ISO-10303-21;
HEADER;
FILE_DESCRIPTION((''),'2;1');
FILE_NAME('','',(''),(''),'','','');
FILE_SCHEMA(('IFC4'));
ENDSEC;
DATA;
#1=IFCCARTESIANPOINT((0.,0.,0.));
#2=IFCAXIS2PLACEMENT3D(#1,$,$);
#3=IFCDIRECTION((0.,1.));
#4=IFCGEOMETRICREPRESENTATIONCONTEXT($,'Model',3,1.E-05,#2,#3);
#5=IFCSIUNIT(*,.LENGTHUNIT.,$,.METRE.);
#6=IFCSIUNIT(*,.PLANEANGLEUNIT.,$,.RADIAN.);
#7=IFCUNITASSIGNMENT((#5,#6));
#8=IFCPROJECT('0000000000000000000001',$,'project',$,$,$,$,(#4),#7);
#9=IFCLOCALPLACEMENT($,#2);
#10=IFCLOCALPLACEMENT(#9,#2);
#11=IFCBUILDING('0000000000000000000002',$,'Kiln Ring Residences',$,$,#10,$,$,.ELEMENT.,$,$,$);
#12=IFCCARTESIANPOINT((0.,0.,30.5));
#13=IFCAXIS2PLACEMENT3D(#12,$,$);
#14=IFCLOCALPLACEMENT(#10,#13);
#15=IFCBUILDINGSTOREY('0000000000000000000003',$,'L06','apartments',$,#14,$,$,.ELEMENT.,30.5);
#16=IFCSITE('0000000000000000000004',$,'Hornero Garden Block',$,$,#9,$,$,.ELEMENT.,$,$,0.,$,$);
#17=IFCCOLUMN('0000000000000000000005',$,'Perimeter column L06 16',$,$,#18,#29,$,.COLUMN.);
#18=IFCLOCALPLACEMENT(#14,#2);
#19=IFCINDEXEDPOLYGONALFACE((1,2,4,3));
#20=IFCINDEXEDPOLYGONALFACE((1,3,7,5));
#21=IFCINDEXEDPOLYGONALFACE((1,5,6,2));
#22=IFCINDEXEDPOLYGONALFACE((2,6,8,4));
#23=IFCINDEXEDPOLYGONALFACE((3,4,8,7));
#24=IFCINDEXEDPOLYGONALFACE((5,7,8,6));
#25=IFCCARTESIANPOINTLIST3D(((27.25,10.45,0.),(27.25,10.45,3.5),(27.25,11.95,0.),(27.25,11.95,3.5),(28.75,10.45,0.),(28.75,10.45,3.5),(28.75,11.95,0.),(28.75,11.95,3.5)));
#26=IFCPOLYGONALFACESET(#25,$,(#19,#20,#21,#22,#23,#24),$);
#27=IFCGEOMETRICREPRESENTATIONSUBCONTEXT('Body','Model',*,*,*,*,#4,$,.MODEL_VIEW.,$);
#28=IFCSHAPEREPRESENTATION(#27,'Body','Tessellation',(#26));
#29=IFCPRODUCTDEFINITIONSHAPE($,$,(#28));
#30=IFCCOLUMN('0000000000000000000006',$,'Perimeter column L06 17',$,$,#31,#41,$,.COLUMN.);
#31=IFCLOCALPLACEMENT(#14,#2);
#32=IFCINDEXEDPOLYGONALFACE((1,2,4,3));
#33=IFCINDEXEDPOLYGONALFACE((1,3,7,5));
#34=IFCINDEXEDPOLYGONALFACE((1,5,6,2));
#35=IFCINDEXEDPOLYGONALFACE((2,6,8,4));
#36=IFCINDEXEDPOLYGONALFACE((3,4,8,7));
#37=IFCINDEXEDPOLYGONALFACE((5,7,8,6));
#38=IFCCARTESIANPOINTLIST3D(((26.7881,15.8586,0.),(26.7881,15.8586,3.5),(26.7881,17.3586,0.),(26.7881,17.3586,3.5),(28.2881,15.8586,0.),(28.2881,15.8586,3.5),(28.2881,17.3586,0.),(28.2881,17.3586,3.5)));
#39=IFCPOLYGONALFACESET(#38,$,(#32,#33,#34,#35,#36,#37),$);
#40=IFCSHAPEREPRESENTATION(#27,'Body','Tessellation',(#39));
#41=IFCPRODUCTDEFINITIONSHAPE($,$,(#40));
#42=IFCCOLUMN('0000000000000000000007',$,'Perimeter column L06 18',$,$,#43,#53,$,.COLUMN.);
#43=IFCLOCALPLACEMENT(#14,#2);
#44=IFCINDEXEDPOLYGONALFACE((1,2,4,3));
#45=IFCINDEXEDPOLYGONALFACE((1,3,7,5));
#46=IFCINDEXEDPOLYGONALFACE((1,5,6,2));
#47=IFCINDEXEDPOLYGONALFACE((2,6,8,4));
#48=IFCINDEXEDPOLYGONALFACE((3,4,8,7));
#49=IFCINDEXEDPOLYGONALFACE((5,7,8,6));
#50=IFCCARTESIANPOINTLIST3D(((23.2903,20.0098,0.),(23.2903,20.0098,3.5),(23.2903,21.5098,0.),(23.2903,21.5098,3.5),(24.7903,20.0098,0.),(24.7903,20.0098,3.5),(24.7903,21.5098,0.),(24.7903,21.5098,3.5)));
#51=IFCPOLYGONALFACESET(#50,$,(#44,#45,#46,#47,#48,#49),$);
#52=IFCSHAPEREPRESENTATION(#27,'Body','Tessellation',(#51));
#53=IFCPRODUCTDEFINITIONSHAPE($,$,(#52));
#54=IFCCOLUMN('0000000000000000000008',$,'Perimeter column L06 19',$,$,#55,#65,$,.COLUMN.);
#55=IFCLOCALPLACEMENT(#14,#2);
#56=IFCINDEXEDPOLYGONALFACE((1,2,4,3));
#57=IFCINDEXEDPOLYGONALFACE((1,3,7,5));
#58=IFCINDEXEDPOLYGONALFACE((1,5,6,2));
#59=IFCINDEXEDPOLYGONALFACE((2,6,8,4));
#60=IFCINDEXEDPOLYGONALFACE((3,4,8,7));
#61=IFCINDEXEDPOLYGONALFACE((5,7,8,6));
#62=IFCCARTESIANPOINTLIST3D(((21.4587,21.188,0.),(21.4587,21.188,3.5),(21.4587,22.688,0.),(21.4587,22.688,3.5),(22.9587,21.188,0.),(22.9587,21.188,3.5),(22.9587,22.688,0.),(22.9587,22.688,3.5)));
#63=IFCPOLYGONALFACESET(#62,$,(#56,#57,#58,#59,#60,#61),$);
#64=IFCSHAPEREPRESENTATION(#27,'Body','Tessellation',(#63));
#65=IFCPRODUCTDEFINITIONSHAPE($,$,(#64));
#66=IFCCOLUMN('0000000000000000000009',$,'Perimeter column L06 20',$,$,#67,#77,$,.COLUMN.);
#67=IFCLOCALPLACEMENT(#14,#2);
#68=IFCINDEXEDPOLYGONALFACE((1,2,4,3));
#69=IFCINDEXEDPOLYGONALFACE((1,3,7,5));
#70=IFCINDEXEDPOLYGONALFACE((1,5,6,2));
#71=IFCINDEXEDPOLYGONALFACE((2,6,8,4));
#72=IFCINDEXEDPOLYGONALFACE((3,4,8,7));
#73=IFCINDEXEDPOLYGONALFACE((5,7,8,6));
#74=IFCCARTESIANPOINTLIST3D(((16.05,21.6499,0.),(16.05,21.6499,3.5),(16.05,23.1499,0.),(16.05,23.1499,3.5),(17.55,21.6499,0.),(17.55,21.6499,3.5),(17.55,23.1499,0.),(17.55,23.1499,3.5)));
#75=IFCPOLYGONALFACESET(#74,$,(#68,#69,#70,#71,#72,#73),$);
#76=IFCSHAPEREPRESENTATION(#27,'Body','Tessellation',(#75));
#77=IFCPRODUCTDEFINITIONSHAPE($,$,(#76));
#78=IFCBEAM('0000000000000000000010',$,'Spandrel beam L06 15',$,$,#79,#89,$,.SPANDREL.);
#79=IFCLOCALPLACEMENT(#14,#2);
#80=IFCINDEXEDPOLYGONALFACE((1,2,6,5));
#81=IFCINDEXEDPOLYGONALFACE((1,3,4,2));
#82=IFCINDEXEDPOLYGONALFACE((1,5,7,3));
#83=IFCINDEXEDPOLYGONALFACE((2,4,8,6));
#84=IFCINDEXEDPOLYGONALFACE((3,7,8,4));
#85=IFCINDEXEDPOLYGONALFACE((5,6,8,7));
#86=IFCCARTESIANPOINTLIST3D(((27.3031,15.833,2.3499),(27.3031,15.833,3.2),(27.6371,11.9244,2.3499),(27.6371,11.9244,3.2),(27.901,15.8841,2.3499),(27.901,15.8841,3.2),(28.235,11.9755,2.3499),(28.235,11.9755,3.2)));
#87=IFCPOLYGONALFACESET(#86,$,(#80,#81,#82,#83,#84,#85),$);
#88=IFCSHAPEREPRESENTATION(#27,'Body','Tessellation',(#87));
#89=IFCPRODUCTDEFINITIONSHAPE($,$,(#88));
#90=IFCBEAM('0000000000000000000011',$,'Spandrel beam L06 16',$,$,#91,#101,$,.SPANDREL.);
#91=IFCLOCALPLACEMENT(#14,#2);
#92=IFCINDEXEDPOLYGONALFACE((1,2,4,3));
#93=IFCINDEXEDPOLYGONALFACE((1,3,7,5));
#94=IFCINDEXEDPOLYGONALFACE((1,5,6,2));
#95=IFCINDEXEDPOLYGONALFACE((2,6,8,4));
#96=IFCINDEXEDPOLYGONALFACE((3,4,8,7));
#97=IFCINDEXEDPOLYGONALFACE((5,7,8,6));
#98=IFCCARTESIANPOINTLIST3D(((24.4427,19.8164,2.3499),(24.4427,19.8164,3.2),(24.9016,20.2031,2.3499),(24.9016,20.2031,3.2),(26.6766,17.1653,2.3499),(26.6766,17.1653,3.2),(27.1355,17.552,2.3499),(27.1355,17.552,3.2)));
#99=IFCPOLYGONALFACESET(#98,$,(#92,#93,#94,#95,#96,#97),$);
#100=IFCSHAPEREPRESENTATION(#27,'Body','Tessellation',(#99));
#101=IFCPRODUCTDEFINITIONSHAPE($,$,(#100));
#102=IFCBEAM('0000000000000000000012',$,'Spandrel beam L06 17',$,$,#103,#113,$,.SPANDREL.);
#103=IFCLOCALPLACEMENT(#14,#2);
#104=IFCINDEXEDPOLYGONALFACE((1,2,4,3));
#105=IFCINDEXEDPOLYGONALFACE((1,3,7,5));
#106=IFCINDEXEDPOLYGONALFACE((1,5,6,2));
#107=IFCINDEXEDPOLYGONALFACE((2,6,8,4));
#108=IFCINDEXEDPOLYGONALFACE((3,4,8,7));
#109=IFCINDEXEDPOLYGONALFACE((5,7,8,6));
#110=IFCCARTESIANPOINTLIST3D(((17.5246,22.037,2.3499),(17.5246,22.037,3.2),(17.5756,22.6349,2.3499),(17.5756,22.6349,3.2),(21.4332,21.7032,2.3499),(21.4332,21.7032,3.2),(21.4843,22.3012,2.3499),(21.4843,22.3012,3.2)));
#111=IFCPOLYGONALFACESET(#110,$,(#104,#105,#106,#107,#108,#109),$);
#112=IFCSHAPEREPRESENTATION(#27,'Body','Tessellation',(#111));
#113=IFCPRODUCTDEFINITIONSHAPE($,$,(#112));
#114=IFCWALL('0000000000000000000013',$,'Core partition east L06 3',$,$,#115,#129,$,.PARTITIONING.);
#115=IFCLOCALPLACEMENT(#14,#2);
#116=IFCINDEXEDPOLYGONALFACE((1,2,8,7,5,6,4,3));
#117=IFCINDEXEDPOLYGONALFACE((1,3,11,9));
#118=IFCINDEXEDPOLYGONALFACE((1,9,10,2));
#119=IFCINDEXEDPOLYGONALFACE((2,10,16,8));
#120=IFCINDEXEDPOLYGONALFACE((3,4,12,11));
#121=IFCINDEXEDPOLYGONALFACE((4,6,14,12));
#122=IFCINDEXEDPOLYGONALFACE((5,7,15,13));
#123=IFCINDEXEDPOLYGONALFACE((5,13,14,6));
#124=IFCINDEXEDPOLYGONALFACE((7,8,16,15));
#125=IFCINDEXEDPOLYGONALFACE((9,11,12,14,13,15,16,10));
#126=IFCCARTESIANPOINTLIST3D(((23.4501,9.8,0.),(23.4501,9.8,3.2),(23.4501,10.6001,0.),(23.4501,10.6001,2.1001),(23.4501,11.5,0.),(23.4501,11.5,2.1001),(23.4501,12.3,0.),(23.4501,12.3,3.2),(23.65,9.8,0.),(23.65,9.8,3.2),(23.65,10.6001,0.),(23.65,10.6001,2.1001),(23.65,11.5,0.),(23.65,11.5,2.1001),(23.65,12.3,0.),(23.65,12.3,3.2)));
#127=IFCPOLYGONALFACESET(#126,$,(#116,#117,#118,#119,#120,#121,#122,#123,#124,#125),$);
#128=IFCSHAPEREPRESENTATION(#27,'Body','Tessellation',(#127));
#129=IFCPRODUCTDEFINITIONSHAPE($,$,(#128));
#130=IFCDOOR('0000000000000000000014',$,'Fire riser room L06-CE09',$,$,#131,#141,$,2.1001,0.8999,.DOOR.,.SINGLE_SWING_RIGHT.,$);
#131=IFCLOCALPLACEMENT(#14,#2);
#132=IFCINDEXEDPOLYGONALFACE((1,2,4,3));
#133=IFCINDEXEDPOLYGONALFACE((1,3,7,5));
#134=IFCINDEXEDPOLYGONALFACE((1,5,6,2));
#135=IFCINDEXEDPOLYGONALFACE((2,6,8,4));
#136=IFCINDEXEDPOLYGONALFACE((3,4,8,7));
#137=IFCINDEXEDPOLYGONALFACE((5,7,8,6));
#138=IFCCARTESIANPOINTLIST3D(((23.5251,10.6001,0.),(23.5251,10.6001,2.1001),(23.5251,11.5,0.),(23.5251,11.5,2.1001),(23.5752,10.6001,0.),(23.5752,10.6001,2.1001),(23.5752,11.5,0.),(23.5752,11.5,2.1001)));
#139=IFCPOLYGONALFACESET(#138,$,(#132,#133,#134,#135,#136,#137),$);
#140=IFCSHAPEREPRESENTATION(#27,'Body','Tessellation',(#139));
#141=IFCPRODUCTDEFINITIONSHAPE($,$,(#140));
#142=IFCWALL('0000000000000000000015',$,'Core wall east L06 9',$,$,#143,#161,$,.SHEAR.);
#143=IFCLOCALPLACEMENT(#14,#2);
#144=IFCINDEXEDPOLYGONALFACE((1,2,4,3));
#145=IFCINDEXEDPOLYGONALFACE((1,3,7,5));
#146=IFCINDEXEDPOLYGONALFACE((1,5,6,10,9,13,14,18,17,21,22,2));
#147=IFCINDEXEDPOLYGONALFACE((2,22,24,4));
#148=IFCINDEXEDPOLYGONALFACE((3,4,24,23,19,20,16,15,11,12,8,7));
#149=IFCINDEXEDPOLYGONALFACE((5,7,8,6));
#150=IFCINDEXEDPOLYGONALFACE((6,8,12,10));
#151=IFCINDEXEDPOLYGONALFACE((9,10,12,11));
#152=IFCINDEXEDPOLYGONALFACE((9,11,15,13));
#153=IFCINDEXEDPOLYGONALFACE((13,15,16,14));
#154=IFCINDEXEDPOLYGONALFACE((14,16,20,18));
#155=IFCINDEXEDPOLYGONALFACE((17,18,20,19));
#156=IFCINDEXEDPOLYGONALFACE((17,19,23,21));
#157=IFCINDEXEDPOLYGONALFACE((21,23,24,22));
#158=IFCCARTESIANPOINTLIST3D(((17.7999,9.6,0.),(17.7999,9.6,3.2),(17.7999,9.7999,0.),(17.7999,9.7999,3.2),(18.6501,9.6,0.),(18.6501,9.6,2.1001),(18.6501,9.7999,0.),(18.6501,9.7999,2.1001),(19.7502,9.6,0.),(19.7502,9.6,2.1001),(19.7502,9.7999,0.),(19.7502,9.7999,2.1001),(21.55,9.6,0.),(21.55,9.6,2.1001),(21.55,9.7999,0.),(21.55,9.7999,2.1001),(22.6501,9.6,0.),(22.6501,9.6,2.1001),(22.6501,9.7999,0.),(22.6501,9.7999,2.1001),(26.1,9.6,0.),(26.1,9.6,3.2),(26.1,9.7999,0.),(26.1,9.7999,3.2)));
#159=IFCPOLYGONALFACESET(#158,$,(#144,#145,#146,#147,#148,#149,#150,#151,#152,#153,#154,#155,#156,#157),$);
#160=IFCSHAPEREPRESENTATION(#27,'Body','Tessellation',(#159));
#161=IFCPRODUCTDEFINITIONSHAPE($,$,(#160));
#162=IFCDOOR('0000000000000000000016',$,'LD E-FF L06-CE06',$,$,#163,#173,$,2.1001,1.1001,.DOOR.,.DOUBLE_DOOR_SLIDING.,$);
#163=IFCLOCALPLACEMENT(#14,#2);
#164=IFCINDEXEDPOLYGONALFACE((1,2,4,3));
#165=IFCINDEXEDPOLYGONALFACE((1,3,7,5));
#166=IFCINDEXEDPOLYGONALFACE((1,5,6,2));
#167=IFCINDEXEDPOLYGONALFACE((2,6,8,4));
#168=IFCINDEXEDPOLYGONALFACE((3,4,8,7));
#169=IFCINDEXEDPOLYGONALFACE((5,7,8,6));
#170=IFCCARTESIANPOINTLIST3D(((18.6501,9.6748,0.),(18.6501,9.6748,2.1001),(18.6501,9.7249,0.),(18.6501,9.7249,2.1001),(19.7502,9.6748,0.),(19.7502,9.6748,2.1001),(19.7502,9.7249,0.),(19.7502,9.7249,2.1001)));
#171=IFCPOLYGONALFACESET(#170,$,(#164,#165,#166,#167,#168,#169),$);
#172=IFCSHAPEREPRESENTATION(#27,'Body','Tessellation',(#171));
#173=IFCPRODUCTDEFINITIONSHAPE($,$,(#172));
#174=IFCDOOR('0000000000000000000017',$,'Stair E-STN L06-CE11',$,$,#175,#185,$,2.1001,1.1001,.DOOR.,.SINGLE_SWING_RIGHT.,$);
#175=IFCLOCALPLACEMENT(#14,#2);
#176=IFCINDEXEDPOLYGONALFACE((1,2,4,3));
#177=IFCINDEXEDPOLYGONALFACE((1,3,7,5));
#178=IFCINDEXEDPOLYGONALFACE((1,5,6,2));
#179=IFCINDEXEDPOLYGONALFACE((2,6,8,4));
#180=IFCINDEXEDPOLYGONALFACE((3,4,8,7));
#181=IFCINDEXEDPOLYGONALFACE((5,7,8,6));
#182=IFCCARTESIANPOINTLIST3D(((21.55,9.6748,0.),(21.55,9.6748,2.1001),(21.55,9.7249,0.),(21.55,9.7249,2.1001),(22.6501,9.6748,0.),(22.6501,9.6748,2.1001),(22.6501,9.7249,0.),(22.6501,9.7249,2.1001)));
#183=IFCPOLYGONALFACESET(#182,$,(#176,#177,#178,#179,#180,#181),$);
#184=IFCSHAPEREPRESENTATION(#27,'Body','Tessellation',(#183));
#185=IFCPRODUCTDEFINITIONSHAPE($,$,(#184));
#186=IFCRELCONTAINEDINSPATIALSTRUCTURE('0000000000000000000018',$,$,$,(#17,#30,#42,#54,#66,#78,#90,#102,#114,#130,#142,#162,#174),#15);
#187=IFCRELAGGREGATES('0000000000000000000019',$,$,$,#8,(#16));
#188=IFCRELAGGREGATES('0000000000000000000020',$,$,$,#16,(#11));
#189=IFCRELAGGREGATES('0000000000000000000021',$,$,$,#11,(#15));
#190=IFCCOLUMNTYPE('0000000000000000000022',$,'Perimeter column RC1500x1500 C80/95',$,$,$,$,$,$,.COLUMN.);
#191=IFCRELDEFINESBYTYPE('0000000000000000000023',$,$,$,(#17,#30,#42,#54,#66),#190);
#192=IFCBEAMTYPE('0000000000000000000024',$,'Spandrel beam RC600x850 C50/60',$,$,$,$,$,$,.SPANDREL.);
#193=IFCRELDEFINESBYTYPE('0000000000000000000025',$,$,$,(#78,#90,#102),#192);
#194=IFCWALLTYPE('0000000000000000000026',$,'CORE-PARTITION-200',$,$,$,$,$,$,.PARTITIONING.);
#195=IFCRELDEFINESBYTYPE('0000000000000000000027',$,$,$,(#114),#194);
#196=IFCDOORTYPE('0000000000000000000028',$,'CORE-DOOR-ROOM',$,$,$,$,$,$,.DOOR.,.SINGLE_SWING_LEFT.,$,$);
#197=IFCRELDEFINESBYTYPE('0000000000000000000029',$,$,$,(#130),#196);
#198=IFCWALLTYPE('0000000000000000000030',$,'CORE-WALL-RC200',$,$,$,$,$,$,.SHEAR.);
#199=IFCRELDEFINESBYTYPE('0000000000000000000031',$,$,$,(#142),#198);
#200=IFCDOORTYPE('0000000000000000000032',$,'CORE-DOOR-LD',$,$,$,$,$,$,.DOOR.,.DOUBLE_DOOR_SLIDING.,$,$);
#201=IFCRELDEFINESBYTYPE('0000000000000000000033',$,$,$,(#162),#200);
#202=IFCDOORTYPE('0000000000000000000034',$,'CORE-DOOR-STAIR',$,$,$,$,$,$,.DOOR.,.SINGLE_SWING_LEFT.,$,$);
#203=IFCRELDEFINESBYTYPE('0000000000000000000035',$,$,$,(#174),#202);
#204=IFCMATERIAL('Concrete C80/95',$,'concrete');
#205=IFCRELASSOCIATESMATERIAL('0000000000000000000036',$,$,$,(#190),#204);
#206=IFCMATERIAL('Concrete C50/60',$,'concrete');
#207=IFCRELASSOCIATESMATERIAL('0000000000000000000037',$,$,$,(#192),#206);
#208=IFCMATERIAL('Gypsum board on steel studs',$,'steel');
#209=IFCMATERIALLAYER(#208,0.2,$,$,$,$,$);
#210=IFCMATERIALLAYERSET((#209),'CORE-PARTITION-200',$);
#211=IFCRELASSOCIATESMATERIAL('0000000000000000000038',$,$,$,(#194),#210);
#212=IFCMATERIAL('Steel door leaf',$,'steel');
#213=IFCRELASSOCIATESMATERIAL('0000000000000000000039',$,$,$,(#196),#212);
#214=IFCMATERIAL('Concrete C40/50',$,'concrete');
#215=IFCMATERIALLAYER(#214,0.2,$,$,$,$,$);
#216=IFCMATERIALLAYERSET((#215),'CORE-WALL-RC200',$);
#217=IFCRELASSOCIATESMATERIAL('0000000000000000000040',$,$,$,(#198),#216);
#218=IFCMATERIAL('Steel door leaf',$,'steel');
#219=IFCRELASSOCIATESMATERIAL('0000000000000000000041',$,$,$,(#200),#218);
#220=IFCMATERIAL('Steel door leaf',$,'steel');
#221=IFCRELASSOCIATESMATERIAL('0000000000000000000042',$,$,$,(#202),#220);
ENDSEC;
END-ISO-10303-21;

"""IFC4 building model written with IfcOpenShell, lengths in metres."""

from ifc_helpers import new_model, si_unit, direction, frame, frame_2d, origin, origin_2d, place, context, subcontext, project, spatial, rectangle, extrude, material, layer, layer_set, material_profile, profile_set, type_object, element, fill, save


model = new_model("IFC4")

# Units and contexts
model_context = context("Model", 3, precision=1e-05, world=origin(), true_north=direction((0.0, 1.0)))
body_context = subcontext(model_context, "Body", "Model", "MODEL_VIEW")
ifc_project = project(units=[si_unit("LENGTHUNIT", "METRE"), si_unit("PLANEANGLEUNIT", "RADIAN")], contexts=[model_context])

# Site, building, storey
site_placement = place(None, origin())
site = spatial("IfcSite", under=ifc_project, at=site_placement, Name="Hornero Garden Block", CompositionType="ELEMENT", RefElevation=0.0)
building_placement = place(site_placement, origin())
building = spatial("IfcBuilding", under=site, at=building_placement, Name="Kiln Ring Residences", CompositionType="ELEMENT")
storey_placement = place(building_placement, frame((0.0, 0.0, 30.5)))
storey = spatial("IfcBuildingStorey", under=building, at=storey_placement, Name="L06", Description="apartments", CompositionType="ELEMENT", Elevation=30.5)

# Columns
ifc_material_1 = material(Name="Concrete C80/95", Category="concrete")
ifc_material_profile_1 = material_profile(ifc_material_1, rectangle(XDim=1.5, YDim=1.5, at=origin_2d()), Name="RC1500x1500")
ifc_profile_set_1 = profile_set([ifc_material_profile_1], Name="Concrete C80/95")
column_type = type_object("IfcColumnType", Name="Perimeter column RC1500x1500 C80/95", PredefinedType="COLUMN", material=ifc_profile_set_1)
for number, where, z_axis, x_axis, name in (
    (1, (28.0, 11.2, 0.0), (0.0, 0.0, 1.0), (1.0, 0.0, 0.0), "Perimeter column L06 16"),
    (2, (27.5381, 16.6086, 0.0), (0.0, 0.0, 1.0), (1.0, 0.0, 0.0), "Perimeter column L06 17"),
    (3, (24.0403, 20.7598, 0.0), (0.0, 0.0, 1.0), (1.0, 0.0, 0.0), "Perimeter column L06 18"),
    (4, (22.2087, 21.938, 0.0), (0.0, 0.0, 1.0), (1.0, 0.0, 0.0), "Perimeter column L06 19"),
    (5, (16.8, 22.3999, 0.0), (0.0, 0.0, 1.0), (1.0, 0.0, 0.0), "Perimeter column L06 20"),
):
    element("IfcColumn", number, at=place(storey_placement, frame(where, z_axis=z_axis, x_axis=x_axis)), inside=storey, type_object=column_type, Name=name, PredefinedType="COLUMN", context=body_context, shape_type="SweptSolid", body=[
        extrude(rectangle(XDim=1.5, YDim=1.5, at=origin_2d()), origin(), (0.0, 0.0, 1.0), 3.5),
    ])

# Beams
ifc_material_2 = material(Name="Concrete C50/60", Category="concrete")
ifc_material_profile_2 = material_profile(ifc_material_2, rectangle(XDim=0.6001, YDim=0.8501, at=origin_2d()), Name="RC600x850")
ifc_profile_set_2 = profile_set([ifc_material_profile_2], Name="Concrete C50/60")
beam_type = type_object("IfcBeamType", Name="Spandrel beam RC600x850 C50/60", PredefinedType="SPANDREL", material=ifc_profile_set_2)
beam_1_placement = place(storey_placement, frame((27.936, 11.95, 2.7749), z_axis=(-0.085136, 0.996369, 0.0), x_axis=(-0.996369, -0.085136, 0.0)))
element("IfcBeam", 6, at=beam_1_placement, inside=storey, type_object=beam_type, Name="Spandrel beam L06 15", PredefinedType="SPANDREL", context=body_context, shape_type="SweptSolid", body=[
    extrude(rectangle(XDim=0.6001, YDim=0.8501, at=origin_2d()), origin(), (0.0, 0.0, 1.0), 3.9229),
])
beam_2_placement = place(storey_placement, frame((26.906, 17.3586, 2.7749), z_axis=(-0.644366, 0.764718, 0.0), x_axis=(-0.764718, -0.644366, 0.0)))
element("IfcBeam", 7, at=beam_2_placement, inside=storey, type_object=beam_type, Name="Spandrel beam L06 16", PredefinedType="SPANDREL", context=body_context, shape_type="SweptSolid", body=[
    extrude(rectangle(XDim=0.6001, YDim=0.8501, at=origin_2d()), origin(), (0.0, 0.0, 1.0), 3.4668),
])
beam_3_placement = place(storey_placement, frame((21.4587, 22.0022, 2.7749), z_axis=(-0.996375, 0.085075, 0.0), x_axis=(-0.085075, -0.996375, 0.0)))
element("IfcBeam", 8, at=beam_3_placement, inside=storey, type_object=beam_type, Name="Spandrel beam L06 17", PredefinedType="SPANDREL", context=body_context, shape_type="SweptSolid", body=[
    extrude(rectangle(XDim=0.6001, YDim=0.8501, at=origin_2d()), origin(), (0.0, 0.0, 1.0), 3.9229),
])

# Wall, opening, door
ifc_material_3 = material(Name="Gypsum board on steel studs", Category="steel")
ifc_layer_1 = layer(ifc_material_3, 0.2)
ifc_layer_set_1 = layer_set([ifc_layer_1], Name="CORE-PARTITION-200")
wall_type_1 = type_object("IfcWallType", Name="CORE-PARTITION-200", PredefinedType="PARTITIONING", material=ifc_layer_set_1)
wall_1_placement = place(storey_placement, frame((23.55, 9.8, 0.0), z_axis=(0.0, 0.0, 1.0), x_axis=(0.0, 1.0, 0.0)))
wall_1 = element("IfcWall", 9, at=wall_1_placement, inside=storey, type_object=wall_type_1, Name="Core partition east L06 3", PredefinedType="PARTITIONING", context=body_context, shape_type="SweptSolid", body=[
    extrude(rectangle(XDim=2.5, YDim=0.2, at=frame_2d((1.25, 0.0))), origin(), (0.0, 0.0, 1.0), 3.2),
])
opening_1_placement = place(wall_1_placement, frame((0.8, 0.0, 0.0)))
opening_1 = element("IfcOpeningElement", 10, at=opening_1_placement, cuts=wall_1, PredefinedType="OPENING", context=body_context, shape_type="SweptSolid", body=[
    extrude(rectangle(XDim=0.8999, YDim=2.1001, at=frame_2d((0.45, 1.05))), frame((0.0, 0.1099, 0.0), z_axis=(0.0, -1.0, 0.0), x_axis=(1.0, 0.0, 0.0)), (0.0, 0.0, 1.0), 0.22),
])
ifc_material_4 = material(Name="Steel door leaf", Category="steel")
door_type_1 = type_object("IfcDoorType", Name="CORE-DOOR-ROOM", OperationType="SINGLE_SWING_LEFT", PredefinedType="DOOR", material=ifc_material_4)
door_1_placement = place(opening_1_placement, origin())
door_1 = element("IfcDoor", 11, at=door_1_placement, inside=storey, type_object=door_type_1, Name="Fire riser room L06-CE09", OperationType="SINGLE_SWING_RIGHT", OverallHeight=2.1001, OverallWidth=0.8999, PredefinedType="DOOR", context=body_context, shape_type="SweptSolid", body=[
    extrude(rectangle(XDim=0.8999, YDim=2.1001, at=frame_2d((0.45, 1.05))), frame((0.0, 0.0249, 0.0), z_axis=(0.0, -1.0, 0.0), x_axis=(1.0, 0.0, 0.0)), (0.0, 0.0, 1.0), 0.05),
])
fill(opening_1, door_1)

# Wall, openings, doors
ifc_material_5 = material(Name="Concrete C40/50", Category="concrete")
ifc_layer_2 = layer(ifc_material_5, 0.2)
ifc_layer_set_2 = layer_set([ifc_layer_2], Name="CORE-WALL-RC200")
wall_type_2 = type_object("IfcWallType", Name="CORE-WALL-RC200", PredefinedType="SHEAR", material=ifc_layer_set_2)
wall_2_placement = place(storey_placement, frame((17.8, 9.7, 0.0), z_axis=(0.0, 0.0, 1.0), x_axis=(1.0, 0.0, 0.0)))
wall_2 = element("IfcWall", 12, at=wall_2_placement, inside=storey, type_object=wall_type_2, Name="Core wall east L06 9", PredefinedType="SHEAR", context=body_context, shape_type="SweptSolid", body=[
    extrude(rectangle(XDim=8.3, YDim=0.2, at=frame_2d((4.1499, 0.0))), origin(), (0.0, 0.0, 1.0), 3.2),
])
opening_2_placement = place(wall_2_placement, frame((0.8501, 0.0, 0.0)))
opening_2 = element("IfcOpeningElement", 13, at=opening_2_placement, cuts=wall_2, PredefinedType="OPENING", context=body_context, shape_type="SweptSolid", body=[
    extrude(rectangle(XDim=1.1001, YDim=2.1001, at=frame_2d((0.55, 1.05))), frame((0.0, 0.1099, 0.0), z_axis=(0.0, -1.0, 0.0), x_axis=(1.0, 0.0, 0.0)), (0.0, 0.0, 1.0), 0.22),
])
opening_3_placement = place(wall_2_placement, frame((3.75, 0.0, 0.0)))
opening_3 = element("IfcOpeningElement", 14, at=opening_3_placement, cuts=wall_2, PredefinedType="OPENING", context=body_context, shape_type="SweptSolid", body=[
    extrude(rectangle(XDim=1.1001, YDim=2.1001, at=frame_2d((0.55, 1.05))), frame((0.0, 0.1099, 0.0), z_axis=(0.0, -1.0, 0.0), x_axis=(1.0, 0.0, 0.0)), (0.0, 0.0, 1.0), 0.22),
])
ifc_material_6 = material(Name="Steel door leaf", Category="steel")
door_type_2 = type_object("IfcDoorType", Name="CORE-DOOR-LD", OperationType="DOUBLE_DOOR_SLIDING", PredefinedType="DOOR", material=ifc_material_6)
door_2_placement = place(opening_2_placement, origin())
door_2 = element("IfcDoor", 15, at=door_2_placement, inside=storey, type_object=door_type_2, Name="LD E-FF L06-CE06", OperationType="DOUBLE_DOOR_SLIDING", OverallHeight=2.1001, OverallWidth=1.1001, PredefinedType="DOOR", context=body_context, shape_type="SweptSolid", body=[
    extrude(rectangle(XDim=1.1001, YDim=2.1001, at=frame_2d((0.55, 1.05))), frame((0.0, 0.0249, 0.0), z_axis=(0.0, -1.0, 0.0), x_axis=(1.0, 0.0, 0.0)), (0.0, 0.0, 1.0), 0.05),
])
fill(opening_2, door_2)
ifc_material_7 = material(Name="Steel door leaf", Category="steel")
door_type_3 = type_object("IfcDoorType", Name="CORE-DOOR-STAIR", OperationType="SINGLE_SWING_LEFT", PredefinedType="DOOR", material=ifc_material_7)
door_3_placement = place(opening_3_placement, origin())
door_3 = element("IfcDoor", 16, at=door_3_placement, inside=storey, type_object=door_type_3, Name="Stair E-STN L06-CE11", OperationType="SINGLE_SWING_RIGHT", OverallHeight=2.1001, OverallWidth=1.1001, PredefinedType="DOOR", context=body_context, shape_type="SweptSolid", body=[
    extrude(rectangle(XDim=1.1001, YDim=2.1001, at=frame_2d((0.55, 1.05))), frame((0.0, 0.0249, 0.0), z_axis=(0.0, -1.0, 0.0), x_axis=(1.0, 0.0, 0.0)), (0.0, 0.0, 1.0), 0.05),
])
fill(opening_3, door_3)

save(model, "model.ifc")
